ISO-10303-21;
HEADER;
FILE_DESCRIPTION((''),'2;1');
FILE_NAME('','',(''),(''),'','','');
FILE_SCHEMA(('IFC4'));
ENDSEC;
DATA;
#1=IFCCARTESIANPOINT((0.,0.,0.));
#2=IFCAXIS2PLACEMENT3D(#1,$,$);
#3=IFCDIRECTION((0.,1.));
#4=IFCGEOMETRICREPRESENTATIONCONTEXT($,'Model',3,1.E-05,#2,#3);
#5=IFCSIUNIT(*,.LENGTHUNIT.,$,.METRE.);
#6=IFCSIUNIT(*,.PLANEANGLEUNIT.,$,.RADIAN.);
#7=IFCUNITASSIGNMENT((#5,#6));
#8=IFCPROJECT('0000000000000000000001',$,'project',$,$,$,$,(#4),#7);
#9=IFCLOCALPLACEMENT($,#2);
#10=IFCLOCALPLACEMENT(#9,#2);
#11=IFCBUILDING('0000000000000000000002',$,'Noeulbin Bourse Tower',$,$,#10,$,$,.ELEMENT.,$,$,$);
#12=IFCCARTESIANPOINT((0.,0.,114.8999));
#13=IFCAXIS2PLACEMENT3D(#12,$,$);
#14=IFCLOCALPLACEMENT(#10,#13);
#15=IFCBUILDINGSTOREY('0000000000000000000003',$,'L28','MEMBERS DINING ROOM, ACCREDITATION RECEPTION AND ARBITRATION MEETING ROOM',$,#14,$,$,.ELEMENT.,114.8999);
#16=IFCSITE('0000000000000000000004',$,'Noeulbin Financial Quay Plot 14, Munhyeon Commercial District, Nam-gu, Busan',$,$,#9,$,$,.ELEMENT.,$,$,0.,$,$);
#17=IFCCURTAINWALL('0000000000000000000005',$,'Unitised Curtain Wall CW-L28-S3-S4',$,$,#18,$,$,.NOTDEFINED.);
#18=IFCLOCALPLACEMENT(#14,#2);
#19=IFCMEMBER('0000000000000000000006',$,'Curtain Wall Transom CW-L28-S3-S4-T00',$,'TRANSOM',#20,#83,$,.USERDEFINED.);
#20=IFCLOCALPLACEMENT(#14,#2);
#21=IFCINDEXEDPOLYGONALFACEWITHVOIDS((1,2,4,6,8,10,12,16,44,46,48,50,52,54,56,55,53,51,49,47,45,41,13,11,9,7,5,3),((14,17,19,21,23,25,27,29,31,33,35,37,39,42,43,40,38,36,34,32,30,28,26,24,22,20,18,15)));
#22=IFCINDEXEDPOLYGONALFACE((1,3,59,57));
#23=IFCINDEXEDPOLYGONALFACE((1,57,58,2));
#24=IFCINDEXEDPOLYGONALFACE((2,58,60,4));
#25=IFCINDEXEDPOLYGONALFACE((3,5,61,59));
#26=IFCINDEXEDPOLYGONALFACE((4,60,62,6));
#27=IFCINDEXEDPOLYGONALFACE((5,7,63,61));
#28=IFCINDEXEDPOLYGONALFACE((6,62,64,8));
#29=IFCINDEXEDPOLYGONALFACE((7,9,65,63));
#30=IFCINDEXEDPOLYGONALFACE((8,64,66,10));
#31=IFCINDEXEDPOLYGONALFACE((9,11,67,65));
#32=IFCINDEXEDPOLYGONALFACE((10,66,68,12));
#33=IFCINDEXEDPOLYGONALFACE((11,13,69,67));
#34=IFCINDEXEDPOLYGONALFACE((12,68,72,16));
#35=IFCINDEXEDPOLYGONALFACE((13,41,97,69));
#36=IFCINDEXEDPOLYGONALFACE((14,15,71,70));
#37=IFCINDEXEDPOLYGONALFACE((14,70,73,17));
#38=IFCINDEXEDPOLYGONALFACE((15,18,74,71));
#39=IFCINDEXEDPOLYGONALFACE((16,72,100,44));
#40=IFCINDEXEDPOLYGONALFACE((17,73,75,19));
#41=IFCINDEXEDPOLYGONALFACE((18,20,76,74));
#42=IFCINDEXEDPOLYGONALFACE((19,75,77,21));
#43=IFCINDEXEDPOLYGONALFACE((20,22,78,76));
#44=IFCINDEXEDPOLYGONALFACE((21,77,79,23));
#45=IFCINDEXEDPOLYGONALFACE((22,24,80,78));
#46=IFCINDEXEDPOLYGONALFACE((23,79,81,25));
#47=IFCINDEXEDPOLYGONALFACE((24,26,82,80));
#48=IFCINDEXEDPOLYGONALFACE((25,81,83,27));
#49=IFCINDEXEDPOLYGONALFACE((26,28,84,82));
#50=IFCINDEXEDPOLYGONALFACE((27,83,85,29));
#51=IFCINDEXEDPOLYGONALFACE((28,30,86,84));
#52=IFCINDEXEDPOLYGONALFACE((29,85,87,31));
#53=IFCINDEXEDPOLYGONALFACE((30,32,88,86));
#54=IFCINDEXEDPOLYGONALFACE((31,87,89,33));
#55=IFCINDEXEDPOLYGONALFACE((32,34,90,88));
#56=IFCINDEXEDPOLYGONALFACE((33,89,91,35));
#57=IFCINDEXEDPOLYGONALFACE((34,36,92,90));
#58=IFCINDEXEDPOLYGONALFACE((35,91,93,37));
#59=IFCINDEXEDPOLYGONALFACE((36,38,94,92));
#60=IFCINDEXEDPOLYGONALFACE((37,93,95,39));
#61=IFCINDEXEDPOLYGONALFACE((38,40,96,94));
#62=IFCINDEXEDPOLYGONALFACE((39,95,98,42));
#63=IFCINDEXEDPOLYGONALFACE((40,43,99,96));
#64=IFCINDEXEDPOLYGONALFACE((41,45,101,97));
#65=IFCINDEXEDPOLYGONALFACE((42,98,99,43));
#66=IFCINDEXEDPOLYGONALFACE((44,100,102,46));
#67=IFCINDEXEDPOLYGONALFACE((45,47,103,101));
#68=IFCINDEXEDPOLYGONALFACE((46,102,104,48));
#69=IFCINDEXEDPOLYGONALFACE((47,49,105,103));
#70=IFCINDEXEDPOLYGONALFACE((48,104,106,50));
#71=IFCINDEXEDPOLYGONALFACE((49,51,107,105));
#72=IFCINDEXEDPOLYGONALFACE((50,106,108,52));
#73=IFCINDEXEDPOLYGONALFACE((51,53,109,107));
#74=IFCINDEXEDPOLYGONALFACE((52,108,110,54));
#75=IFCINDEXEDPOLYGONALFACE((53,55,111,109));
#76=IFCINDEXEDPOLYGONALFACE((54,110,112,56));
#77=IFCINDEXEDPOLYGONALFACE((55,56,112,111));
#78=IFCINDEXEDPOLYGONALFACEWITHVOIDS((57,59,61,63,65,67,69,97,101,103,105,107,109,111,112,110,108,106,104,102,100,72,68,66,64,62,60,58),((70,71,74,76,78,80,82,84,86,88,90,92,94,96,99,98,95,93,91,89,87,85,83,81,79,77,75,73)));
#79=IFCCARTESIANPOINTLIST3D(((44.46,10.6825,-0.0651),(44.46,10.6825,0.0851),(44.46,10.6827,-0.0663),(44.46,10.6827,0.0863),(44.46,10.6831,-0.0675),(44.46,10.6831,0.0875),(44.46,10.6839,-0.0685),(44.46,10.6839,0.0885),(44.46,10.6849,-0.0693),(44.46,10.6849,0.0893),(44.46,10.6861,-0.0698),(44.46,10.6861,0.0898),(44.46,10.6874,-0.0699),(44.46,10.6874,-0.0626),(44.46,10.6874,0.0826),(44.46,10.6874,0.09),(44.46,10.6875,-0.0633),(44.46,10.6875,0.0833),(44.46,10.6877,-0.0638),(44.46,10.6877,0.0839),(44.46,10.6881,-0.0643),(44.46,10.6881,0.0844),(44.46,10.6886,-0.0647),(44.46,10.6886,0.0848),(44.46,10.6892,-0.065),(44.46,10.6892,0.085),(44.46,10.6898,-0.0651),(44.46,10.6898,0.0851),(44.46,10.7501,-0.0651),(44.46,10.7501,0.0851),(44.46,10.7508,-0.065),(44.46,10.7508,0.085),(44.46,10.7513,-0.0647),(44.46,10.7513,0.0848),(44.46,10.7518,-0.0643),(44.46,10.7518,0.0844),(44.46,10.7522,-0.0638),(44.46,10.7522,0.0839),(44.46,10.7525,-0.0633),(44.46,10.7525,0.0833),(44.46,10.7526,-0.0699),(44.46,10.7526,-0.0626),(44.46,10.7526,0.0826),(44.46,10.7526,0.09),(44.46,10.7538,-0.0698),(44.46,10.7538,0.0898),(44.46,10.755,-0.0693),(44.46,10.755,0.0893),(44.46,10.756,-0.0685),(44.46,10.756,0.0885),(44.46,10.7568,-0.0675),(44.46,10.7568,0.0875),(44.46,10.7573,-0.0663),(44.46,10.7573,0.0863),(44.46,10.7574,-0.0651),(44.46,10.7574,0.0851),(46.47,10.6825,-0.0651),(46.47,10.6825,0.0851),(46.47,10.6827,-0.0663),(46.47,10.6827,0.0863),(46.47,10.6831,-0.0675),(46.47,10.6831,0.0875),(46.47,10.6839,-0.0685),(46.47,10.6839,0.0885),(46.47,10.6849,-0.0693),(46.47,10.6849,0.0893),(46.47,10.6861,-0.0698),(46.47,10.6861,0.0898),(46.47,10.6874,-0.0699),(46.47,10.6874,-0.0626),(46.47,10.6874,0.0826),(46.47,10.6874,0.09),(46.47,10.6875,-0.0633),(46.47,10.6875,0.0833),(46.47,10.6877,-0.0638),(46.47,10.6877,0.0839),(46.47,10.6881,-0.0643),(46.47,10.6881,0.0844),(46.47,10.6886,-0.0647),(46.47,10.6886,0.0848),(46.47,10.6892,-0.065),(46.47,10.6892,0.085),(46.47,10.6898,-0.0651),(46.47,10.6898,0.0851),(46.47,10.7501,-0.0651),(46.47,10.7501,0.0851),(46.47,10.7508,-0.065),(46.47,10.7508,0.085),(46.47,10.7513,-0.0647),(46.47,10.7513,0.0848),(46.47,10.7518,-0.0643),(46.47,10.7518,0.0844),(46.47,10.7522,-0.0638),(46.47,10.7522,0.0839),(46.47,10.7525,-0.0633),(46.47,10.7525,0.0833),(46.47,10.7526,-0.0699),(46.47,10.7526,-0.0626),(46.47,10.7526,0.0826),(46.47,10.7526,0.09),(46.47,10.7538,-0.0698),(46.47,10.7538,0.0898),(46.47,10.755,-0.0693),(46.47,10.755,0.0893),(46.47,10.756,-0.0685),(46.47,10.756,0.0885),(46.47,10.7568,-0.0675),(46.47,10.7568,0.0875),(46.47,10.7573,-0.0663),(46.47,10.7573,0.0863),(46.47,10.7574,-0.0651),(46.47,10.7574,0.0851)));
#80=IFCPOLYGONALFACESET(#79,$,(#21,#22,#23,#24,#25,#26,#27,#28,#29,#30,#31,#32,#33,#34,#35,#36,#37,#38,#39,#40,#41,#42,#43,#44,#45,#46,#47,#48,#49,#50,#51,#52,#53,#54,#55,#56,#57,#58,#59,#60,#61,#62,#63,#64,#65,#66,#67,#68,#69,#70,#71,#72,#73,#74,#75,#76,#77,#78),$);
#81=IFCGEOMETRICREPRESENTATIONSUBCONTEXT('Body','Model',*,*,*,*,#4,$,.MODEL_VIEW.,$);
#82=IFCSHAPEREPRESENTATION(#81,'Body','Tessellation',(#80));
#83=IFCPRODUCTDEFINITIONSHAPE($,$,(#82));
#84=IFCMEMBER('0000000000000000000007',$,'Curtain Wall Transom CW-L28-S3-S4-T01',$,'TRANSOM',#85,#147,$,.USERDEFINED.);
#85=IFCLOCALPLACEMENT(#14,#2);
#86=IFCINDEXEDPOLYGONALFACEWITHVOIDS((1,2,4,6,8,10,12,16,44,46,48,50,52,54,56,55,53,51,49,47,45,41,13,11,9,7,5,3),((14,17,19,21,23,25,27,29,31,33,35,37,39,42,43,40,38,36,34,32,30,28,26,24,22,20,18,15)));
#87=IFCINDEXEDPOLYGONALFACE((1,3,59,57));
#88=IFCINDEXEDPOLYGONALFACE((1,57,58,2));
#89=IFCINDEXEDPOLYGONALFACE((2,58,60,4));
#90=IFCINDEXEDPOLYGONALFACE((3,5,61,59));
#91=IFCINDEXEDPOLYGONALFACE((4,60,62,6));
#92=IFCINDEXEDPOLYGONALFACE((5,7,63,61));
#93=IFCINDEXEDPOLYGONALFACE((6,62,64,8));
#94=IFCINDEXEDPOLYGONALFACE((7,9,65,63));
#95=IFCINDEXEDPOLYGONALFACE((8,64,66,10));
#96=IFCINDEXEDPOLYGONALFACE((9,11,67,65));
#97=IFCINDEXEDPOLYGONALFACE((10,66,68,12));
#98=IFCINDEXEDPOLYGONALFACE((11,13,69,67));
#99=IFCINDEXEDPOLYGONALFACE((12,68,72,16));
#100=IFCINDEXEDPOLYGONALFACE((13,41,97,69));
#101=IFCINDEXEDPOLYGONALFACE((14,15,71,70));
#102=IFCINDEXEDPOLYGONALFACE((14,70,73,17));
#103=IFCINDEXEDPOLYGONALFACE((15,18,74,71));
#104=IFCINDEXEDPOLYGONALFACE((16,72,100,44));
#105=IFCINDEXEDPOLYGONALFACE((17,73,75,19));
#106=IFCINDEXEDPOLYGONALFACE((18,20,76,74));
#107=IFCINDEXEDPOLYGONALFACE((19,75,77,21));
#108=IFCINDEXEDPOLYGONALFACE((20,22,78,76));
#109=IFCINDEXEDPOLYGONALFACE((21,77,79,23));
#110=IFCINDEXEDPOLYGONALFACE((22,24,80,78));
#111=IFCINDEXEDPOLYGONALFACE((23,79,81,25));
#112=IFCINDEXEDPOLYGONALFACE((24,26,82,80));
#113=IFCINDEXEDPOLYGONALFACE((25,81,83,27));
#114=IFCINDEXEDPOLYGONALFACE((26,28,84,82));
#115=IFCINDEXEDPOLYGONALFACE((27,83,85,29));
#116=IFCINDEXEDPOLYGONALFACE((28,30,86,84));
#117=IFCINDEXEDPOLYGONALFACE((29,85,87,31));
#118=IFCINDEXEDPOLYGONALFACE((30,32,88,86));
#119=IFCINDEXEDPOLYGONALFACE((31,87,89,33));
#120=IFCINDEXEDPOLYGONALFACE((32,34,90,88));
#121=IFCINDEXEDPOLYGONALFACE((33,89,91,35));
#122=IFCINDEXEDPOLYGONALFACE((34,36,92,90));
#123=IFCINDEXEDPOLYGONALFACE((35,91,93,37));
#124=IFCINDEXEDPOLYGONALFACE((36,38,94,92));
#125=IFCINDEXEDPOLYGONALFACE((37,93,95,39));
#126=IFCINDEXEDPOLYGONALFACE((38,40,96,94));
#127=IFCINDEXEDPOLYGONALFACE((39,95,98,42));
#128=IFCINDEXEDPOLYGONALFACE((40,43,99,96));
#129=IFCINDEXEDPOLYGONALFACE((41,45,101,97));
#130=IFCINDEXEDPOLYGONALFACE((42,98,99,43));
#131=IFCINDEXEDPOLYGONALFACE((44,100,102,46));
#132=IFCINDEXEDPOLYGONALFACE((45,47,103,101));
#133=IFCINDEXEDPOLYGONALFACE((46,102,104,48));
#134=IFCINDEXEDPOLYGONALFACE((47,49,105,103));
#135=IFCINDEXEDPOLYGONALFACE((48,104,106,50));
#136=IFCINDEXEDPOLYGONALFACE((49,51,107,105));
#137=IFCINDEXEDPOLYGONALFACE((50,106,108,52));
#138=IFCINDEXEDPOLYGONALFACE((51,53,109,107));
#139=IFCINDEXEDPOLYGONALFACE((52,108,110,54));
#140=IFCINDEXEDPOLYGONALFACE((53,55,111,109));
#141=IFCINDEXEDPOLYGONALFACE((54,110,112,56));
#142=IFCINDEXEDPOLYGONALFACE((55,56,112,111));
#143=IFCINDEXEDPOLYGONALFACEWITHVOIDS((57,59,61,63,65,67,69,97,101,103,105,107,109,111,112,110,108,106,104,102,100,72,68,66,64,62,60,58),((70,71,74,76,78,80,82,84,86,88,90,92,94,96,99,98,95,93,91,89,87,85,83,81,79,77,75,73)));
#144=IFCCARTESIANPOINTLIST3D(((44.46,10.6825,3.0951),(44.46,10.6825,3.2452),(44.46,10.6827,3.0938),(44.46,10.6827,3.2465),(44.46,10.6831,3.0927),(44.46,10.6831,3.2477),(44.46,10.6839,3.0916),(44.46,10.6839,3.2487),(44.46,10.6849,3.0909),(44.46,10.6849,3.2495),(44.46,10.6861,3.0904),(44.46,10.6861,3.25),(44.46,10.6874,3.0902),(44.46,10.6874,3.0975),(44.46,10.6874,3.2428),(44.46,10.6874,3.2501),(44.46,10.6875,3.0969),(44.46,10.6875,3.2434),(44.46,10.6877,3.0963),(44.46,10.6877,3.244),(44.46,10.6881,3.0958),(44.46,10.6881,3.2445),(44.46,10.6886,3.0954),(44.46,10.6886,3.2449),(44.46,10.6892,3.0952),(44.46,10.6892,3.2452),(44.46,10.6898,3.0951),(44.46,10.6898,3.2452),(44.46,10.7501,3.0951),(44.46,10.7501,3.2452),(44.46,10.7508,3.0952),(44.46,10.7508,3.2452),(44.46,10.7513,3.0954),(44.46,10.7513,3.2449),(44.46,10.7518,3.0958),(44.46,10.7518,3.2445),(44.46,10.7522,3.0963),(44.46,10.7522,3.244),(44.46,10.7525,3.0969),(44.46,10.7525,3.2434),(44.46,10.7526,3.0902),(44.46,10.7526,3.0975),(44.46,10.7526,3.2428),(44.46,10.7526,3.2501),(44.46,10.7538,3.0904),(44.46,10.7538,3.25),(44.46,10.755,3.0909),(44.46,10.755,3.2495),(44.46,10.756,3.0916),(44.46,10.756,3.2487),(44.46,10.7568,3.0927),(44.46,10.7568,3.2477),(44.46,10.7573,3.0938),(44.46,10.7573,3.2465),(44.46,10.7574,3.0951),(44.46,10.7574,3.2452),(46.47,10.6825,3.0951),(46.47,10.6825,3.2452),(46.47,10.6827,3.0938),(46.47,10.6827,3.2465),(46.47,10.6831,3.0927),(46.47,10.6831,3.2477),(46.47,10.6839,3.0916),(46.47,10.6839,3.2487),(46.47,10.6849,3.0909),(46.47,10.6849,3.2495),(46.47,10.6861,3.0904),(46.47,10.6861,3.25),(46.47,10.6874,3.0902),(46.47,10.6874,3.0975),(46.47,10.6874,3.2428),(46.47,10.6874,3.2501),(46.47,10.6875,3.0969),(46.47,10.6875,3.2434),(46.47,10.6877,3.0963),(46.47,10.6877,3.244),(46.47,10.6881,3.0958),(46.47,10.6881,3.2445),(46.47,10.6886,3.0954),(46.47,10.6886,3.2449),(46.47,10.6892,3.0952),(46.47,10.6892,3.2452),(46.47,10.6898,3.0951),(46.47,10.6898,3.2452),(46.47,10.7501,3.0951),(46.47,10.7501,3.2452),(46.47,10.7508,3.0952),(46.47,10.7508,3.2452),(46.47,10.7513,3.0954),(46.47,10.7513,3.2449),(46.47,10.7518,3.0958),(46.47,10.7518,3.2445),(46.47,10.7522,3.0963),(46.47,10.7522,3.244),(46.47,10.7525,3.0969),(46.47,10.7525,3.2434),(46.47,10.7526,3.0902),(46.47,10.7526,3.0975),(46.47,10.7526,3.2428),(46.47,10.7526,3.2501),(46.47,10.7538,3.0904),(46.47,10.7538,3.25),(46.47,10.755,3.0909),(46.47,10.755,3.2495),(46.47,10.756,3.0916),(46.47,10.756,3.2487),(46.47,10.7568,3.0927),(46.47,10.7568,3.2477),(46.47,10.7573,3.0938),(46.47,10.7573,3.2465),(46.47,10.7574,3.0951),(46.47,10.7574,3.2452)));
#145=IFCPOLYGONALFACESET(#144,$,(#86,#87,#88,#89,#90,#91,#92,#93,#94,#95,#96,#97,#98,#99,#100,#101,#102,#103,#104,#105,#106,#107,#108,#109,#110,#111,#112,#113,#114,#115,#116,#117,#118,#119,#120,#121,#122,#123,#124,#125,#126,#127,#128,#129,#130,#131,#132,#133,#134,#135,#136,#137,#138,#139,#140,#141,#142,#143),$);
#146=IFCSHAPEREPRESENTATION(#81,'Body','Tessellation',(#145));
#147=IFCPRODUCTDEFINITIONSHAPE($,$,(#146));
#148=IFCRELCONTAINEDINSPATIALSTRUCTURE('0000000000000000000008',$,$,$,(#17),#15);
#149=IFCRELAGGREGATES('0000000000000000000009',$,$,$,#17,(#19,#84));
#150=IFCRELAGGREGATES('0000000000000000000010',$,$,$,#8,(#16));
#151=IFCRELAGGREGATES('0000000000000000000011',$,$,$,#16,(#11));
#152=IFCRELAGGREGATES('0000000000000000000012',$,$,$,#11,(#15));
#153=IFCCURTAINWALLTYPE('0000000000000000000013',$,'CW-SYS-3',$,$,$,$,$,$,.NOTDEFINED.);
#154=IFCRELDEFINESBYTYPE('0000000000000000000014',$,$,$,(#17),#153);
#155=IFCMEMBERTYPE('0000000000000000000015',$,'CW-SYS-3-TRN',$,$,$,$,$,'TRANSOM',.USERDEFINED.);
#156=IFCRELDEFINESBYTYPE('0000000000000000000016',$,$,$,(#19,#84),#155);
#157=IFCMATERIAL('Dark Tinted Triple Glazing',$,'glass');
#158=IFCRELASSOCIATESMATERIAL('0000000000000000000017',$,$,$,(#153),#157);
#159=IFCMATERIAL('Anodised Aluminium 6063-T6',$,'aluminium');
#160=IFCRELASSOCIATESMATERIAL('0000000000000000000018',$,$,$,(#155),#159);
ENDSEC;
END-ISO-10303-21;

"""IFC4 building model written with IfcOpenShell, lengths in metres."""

from ifc_helpers import new_model, si_unit, direction, frame, origin, origin_2d, place, context, subcontext, project, spatial, hollow_rectangle, extrude, material, material_profile, profile_set, type_object, element, aggregate, save


model = new_model("IFC4")

# Units and contexts
model_context = context("Model", 3, precision=1e-05, world=origin(), true_north=direction((0.0, 1.0)))
body_context = subcontext(model_context, "Body", "Model", "MODEL_VIEW")
ifc_project = project(units=[si_unit("LENGTHUNIT", "METRE"), si_unit("PLANEANGLEUNIT", "RADIAN")], contexts=[model_context])

# Site, building, storey
site_placement = place(None, origin())
site = spatial("IfcSite", under=ifc_project, at=site_placement, Name="Noeulbin Financial Quay Plot 14, Munhyeon Commercial District, Nam-gu, Busan", CompositionType="ELEMENT", RefElevation=0.0)
building_placement = place(site_placement, origin())
building = spatial("IfcBuilding", under=site, at=building_placement, Name="Noeulbin Bourse Tower", CompositionType="ELEMENT")
storey_placement = place(building_placement, frame((0.0, 0.0, 114.8999)))
storey = spatial("IfcBuildingStorey", under=building, at=storey_placement, Name="L28", Description="MEMBERS DINING ROOM, ACCREDITATION RECEPTION AND ARBITRATION MEETING ROOM", CompositionType="ELEMENT", Elevation=114.8999)

# Curtain wall
ifc_material_1 = material(Name="Dark Tinted Triple Glazing", Category="glass")
curtain_wall_type = type_object("IfcCurtainWallType", Name="CW-SYS-3", PredefinedType="NOTDEFINED", material=ifc_material_1)
curtain_wall_1_placement = place(storey_placement, origin())
curtain_wall_1 = element("IfcCurtainWall", 1, at=curtain_wall_1_placement, inside=storey, type_object=curtain_wall_type, Name="Unitised Curtain Wall CW-L28-S3-S4", PredefinedType="NOTDEFINED")
ifc_material_2 = material(Name="Anodised Aluminium 6063-T6", Category="aluminium")

# Members
ifc_material_profile_1 = material_profile(ifc_material_2, hollow_rectangle(XDim=0.075, YDim=0.1599, WallThickness=0.0049, InnerFilletRadius=0.0024, OuterFilletRadius=0.0049, at=origin_2d()), Name="ALU-TRAN-75x160x5", Category="LoadBearing")
ifc_profile_set_1 = profile_set([ifc_material_profile_1], Name="Anodised Aluminium 6063-T6")
member_type_1 = type_object("IfcMemberType", Name="CW-SYS-3-TRN", ElementType="TRANSOM", PredefinedType="USERDEFINED", material=ifc_profile_set_1)
member_1_placement = place(storey_placement, frame((44.46, 10.72, 0.01), z_axis=(1.0, 0.0, 0.0), x_axis=(0.0, 1.0, 0.0)))
member_1 = element("IfcMember", 2, at=member_1_placement, type_object=member_type_1, Name="Curtain Wall Transom CW-L28-S3-S4-T00", ObjectType="TRANSOM", PredefinedType="USERDEFINED", context=body_context, shape_type="SweptSolid", body=[
    extrude(hollow_rectangle(XDim=0.075, YDim=0.1599, WallThickness=0.0049, InnerFilletRadius=0.0024, OuterFilletRadius=0.0049, at=origin_2d()), origin(), (0.0, 0.0, 1.0), 2.01),
])
member_2_placement = place(storey_placement, frame((44.46, 10.72, 3.1702), z_axis=(1.0, 0.0, 0.0), x_axis=(0.0, 1.0, 0.0)))
member_2 = element("IfcMember", 3, at=member_2_placement, type_object=member_type_1, Name="Curtain Wall Transom CW-L28-S3-S4-T01", ObjectType="TRANSOM", PredefinedType="USERDEFINED", context=body_context, shape_type="SweptSolid", body=[
    extrude(hollow_rectangle(XDim=0.075, YDim=0.1599, WallThickness=0.0049, InnerFilletRadius=0.0024, OuterFilletRadius=0.0049, at=origin_2d()), origin(), (0.0, 0.0, 1.0), 2.01),
])

aggregate(curtain_wall_1, [member_1, member_2])

save(model, "model.ifc")
